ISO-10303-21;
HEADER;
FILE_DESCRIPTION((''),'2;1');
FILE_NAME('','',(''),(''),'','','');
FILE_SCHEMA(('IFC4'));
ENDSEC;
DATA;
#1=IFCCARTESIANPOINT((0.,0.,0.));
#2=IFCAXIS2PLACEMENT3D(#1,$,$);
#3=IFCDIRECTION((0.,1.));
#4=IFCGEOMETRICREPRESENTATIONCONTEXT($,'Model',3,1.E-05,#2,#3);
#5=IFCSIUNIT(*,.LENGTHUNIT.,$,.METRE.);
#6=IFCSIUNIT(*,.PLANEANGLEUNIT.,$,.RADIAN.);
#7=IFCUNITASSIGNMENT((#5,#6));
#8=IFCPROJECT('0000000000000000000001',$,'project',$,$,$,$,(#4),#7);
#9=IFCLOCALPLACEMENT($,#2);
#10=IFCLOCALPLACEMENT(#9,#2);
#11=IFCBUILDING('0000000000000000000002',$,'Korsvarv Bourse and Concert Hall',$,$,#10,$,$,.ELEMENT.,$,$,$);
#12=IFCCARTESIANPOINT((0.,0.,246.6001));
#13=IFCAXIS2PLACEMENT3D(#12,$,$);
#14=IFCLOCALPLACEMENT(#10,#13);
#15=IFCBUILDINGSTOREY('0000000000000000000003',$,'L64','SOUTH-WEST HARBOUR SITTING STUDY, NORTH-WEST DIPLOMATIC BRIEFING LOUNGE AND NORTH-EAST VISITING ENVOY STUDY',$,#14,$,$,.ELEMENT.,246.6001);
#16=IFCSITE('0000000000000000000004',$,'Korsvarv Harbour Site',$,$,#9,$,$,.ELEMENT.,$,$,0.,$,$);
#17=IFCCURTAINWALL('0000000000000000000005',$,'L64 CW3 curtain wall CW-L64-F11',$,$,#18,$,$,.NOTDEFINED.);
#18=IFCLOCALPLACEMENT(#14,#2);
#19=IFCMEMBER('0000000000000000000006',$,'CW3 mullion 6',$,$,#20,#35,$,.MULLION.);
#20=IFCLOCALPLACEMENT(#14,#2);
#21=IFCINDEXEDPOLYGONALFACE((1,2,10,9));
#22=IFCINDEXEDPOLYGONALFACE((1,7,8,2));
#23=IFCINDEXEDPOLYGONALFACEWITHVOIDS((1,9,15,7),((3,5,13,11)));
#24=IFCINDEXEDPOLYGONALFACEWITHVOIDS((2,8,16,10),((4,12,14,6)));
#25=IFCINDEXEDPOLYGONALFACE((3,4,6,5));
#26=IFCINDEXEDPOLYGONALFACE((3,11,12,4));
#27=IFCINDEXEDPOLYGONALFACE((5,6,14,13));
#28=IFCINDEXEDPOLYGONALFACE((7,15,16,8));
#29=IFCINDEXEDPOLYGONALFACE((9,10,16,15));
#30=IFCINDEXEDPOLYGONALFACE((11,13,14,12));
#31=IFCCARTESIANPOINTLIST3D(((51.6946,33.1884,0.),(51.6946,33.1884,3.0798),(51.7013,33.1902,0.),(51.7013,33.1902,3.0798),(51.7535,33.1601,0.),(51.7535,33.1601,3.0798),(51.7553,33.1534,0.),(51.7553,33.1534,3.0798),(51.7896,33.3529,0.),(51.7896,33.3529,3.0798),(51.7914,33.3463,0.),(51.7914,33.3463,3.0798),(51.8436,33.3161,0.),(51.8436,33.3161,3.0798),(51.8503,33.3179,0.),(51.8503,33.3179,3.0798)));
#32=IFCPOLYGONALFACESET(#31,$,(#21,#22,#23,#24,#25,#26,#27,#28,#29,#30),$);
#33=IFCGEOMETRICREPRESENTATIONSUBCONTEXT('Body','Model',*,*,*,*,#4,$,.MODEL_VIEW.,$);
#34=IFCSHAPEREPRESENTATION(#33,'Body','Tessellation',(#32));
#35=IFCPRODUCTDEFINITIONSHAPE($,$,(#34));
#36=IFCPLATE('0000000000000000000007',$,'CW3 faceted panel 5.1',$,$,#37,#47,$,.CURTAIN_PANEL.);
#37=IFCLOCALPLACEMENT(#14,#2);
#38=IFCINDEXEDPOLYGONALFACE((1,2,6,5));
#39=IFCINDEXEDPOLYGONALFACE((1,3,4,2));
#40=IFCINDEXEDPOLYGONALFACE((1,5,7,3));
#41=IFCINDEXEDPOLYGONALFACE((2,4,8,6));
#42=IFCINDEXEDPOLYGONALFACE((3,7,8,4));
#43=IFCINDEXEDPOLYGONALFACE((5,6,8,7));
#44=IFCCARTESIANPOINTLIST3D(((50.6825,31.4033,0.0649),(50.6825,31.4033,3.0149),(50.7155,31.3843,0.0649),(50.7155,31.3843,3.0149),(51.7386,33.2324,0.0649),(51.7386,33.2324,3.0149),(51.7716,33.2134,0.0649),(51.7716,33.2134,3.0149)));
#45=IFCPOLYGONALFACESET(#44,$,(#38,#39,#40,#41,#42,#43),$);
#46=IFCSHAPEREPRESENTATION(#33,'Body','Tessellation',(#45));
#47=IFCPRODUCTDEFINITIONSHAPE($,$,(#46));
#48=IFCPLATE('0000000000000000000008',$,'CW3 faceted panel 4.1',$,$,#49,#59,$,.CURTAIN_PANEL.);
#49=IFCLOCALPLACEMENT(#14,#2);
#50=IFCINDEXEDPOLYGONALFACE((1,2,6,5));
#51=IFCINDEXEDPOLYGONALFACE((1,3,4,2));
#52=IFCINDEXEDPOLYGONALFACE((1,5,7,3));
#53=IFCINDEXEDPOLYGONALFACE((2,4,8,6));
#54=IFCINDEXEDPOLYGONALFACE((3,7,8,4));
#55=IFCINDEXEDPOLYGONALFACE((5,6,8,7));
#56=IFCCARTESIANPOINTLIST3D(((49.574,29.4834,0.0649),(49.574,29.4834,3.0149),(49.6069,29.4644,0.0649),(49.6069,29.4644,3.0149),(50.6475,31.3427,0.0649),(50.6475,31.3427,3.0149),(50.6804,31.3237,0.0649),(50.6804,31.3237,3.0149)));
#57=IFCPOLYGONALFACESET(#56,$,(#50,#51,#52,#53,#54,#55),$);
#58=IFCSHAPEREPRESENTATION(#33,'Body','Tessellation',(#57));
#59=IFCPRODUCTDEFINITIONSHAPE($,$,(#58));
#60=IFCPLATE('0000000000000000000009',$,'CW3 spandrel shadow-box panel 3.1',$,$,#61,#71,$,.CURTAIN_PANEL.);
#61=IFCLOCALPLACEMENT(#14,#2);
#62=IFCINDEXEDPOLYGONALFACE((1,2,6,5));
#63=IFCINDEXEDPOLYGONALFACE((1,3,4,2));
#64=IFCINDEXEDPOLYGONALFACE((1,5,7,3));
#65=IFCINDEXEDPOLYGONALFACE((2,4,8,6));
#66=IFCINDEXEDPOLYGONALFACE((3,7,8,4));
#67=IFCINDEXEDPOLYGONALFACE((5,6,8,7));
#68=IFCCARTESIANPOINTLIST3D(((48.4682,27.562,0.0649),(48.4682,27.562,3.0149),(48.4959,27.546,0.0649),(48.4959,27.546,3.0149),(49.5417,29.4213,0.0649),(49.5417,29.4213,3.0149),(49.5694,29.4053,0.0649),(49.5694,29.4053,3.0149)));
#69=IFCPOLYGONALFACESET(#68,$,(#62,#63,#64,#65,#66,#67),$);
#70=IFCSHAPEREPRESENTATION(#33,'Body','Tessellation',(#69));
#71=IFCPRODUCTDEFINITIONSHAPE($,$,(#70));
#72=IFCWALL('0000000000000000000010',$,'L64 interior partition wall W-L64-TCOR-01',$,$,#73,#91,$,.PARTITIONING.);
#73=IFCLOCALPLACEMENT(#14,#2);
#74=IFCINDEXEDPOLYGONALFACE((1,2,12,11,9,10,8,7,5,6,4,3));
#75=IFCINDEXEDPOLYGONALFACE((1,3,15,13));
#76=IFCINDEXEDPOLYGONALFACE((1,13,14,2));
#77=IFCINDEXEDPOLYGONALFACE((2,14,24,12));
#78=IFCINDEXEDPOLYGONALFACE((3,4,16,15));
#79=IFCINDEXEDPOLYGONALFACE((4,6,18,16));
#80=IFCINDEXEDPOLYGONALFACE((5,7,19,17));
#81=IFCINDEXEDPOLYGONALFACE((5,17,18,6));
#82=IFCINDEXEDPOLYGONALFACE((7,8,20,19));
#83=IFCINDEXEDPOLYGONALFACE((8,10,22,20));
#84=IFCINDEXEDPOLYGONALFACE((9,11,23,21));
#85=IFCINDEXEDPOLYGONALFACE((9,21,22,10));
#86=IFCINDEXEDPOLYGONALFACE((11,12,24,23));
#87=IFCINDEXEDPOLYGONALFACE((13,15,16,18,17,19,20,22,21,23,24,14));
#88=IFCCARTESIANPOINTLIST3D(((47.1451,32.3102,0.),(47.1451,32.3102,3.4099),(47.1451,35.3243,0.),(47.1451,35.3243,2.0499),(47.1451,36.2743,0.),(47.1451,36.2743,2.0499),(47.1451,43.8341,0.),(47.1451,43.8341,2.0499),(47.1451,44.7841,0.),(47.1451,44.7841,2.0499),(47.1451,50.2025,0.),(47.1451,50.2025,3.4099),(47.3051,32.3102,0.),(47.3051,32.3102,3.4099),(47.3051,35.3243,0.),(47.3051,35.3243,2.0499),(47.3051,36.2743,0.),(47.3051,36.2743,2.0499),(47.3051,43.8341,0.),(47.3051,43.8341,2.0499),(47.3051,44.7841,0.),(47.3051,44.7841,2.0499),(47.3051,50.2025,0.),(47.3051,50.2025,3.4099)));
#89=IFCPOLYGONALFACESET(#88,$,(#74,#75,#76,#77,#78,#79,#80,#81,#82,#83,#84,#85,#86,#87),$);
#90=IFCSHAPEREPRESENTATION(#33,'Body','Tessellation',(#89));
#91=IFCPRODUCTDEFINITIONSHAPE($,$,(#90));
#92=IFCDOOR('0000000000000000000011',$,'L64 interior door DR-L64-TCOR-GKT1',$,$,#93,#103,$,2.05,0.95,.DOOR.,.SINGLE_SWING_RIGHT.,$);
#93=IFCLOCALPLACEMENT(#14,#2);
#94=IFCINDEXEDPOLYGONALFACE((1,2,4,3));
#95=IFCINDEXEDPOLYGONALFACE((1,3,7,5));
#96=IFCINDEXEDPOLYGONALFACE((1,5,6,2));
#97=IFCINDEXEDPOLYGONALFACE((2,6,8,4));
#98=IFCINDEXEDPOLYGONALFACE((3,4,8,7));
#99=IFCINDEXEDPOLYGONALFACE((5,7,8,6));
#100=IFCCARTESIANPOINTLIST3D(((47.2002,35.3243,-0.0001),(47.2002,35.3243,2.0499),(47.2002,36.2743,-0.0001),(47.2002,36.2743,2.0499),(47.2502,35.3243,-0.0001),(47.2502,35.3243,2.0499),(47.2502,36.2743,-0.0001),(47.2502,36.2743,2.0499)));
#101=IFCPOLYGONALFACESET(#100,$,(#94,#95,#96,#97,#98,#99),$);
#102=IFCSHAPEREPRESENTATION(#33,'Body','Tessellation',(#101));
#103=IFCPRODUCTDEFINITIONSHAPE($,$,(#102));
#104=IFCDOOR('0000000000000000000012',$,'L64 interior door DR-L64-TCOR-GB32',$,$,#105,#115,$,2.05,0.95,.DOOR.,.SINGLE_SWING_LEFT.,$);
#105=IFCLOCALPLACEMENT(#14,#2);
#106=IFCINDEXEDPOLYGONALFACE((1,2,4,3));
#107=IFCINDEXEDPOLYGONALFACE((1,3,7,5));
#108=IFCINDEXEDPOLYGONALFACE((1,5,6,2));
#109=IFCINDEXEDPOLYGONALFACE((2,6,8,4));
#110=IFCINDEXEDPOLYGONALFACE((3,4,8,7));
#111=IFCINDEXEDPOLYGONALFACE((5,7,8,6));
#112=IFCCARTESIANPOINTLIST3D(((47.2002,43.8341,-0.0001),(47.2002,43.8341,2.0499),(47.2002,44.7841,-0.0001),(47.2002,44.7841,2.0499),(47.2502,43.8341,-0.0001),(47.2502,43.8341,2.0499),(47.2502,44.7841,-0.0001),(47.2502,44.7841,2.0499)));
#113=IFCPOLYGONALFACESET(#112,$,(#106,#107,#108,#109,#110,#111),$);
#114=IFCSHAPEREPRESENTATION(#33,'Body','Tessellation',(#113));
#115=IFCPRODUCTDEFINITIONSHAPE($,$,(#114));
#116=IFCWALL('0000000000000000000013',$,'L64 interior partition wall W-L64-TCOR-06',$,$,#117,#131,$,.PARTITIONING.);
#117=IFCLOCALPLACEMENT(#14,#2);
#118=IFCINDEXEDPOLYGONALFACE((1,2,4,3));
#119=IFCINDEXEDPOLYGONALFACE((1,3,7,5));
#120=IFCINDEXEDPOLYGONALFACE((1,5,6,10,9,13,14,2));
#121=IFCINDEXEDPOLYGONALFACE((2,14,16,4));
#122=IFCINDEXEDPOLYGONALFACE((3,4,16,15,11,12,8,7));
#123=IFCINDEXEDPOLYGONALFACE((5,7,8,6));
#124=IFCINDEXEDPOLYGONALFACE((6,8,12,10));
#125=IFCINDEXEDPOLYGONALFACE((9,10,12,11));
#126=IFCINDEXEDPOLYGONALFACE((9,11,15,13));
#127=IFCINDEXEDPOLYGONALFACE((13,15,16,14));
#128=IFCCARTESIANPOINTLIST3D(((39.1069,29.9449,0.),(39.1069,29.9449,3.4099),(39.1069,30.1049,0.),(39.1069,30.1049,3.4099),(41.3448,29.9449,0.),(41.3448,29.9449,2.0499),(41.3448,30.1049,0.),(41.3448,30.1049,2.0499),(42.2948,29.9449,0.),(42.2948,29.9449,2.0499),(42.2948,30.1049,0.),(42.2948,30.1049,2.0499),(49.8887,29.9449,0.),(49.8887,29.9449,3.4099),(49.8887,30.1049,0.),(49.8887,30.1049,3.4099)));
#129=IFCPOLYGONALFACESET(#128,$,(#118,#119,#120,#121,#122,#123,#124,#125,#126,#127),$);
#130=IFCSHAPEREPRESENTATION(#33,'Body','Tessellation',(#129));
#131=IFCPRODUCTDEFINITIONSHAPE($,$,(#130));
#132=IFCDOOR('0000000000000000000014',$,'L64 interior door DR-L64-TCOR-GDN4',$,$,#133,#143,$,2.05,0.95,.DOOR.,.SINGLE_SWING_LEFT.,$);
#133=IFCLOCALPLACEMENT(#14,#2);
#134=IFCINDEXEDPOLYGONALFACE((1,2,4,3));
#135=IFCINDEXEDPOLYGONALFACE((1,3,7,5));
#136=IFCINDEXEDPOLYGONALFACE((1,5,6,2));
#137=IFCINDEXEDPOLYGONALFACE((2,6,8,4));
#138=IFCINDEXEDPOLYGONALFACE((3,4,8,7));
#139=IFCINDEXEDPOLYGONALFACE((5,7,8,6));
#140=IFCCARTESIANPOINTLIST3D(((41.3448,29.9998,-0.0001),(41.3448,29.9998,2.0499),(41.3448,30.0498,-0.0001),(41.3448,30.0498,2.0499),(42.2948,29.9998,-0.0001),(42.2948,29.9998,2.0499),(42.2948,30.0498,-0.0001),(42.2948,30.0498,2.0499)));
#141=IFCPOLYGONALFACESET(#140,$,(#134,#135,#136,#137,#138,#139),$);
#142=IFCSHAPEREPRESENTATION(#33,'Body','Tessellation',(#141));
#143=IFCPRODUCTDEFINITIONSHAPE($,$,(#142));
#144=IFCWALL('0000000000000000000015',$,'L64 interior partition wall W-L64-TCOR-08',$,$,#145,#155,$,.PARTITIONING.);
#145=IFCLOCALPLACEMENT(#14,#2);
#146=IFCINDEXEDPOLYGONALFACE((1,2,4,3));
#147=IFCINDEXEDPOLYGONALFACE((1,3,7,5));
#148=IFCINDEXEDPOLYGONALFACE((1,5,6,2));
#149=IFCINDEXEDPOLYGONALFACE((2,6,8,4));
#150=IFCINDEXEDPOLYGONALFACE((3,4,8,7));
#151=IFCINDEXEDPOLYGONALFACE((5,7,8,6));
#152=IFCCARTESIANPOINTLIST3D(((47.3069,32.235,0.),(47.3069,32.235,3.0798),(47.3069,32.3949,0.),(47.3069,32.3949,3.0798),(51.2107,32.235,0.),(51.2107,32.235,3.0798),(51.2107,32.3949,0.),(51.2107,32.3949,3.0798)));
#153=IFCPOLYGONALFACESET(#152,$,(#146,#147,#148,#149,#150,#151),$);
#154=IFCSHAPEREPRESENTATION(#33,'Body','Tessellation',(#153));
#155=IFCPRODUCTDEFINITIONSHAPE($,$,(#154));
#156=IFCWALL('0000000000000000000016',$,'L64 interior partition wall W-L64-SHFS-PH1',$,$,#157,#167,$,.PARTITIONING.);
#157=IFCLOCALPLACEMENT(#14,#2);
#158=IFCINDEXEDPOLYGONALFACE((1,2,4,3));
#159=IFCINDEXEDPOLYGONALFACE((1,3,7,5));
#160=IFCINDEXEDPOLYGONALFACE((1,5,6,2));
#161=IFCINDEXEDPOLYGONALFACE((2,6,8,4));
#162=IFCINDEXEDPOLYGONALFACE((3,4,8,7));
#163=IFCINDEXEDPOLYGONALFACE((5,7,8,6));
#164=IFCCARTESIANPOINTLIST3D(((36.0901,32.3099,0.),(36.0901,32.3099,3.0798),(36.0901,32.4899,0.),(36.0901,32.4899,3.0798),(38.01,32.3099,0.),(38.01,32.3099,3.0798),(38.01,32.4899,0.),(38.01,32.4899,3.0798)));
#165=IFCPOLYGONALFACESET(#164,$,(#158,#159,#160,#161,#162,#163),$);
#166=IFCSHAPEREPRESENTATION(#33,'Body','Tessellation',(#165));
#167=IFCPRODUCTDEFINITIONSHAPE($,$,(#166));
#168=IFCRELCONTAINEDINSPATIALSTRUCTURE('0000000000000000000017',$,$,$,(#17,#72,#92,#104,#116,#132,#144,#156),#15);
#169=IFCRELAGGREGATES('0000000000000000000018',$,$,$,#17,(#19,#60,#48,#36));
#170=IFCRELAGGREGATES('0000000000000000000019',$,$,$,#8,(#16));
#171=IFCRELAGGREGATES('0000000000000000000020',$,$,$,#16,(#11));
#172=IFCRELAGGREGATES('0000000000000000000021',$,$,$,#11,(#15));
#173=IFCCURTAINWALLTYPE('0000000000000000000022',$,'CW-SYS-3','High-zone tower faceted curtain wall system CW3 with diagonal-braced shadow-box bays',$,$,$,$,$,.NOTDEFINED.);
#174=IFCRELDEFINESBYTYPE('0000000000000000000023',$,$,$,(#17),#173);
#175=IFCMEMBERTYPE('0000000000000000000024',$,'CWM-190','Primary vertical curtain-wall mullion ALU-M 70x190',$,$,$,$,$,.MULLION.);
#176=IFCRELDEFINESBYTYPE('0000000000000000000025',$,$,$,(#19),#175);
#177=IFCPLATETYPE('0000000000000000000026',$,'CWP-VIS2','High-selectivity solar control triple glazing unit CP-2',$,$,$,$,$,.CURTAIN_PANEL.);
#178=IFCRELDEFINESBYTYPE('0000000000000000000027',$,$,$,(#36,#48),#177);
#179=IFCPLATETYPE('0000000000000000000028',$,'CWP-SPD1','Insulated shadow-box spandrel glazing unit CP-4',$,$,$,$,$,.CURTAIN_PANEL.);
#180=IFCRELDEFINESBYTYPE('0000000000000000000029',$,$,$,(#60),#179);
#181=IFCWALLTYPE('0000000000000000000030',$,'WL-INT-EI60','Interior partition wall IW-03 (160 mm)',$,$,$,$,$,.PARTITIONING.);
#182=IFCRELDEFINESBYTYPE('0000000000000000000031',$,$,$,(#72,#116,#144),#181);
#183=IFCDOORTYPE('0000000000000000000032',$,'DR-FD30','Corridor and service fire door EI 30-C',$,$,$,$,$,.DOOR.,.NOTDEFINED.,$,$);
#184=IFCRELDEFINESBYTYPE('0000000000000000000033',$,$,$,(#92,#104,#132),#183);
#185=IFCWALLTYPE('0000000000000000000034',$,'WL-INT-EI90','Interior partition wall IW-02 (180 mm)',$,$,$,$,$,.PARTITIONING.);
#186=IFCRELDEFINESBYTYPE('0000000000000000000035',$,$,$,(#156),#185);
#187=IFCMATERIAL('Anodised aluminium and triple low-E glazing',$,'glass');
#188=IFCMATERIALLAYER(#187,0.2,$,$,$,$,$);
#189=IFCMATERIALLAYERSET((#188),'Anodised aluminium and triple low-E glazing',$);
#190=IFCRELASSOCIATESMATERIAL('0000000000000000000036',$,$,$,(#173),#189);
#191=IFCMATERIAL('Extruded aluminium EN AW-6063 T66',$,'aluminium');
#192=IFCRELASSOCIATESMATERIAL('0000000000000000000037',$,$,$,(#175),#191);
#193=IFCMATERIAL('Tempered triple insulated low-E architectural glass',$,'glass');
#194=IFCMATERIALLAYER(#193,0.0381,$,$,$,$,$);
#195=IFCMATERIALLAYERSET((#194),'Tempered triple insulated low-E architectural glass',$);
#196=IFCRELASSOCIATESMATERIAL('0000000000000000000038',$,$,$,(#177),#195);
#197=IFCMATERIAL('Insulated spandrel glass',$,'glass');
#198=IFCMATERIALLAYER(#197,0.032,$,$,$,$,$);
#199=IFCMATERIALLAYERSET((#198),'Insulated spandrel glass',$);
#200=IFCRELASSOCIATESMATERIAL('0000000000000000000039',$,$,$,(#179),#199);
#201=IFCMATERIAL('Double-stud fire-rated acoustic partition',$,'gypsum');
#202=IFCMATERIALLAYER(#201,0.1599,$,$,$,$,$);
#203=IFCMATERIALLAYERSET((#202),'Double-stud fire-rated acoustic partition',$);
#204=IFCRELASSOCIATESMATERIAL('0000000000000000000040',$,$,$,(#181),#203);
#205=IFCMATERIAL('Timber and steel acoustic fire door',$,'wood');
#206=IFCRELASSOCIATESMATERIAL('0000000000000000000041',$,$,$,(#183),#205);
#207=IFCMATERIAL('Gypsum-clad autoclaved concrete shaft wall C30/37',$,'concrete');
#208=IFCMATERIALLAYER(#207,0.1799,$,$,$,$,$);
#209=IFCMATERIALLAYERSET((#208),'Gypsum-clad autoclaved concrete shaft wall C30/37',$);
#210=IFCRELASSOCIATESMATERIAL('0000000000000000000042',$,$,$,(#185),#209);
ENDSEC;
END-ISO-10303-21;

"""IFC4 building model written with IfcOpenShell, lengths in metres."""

from ifc_helpers import new_model, si_unit, direction, frame, frame_2d, origin, origin_2d, place, context, subcontext, project, spatial, rectangle, hollow_rectangle, extrude, source, transform, mapped, material, layer, layer_set, material_profile, profile_set, type_object, element, fill, aggregate, save


model = new_model("IFC4")

# Units and contexts
model_context = context("Model", 3, precision=1e-05, world=origin(), true_north=direction((0.0, 1.0)))
body_context = subcontext(model_context, "Body", "Model", "MODEL_VIEW")
ifc_project = project(units=[si_unit("LENGTHUNIT", "METRE"), si_unit("PLANEANGLEUNIT", "RADIAN")], contexts=[model_context])

# Site, building, storey
site_placement = place(None, origin())
site = spatial("IfcSite", under=ifc_project, at=site_placement, Name="Korsvarv Harbour Site", CompositionType="ELEMENT", RefElevation=0.0)
building_placement = place(site_placement, origin())
building = spatial("IfcBuilding", under=site, at=building_placement, Name="Korsvarv Bourse and Concert Hall", CompositionType="ELEMENT")
storey_placement = place(building_placement, frame((0.0, 0.0, 246.6001)))
storey = spatial("IfcBuildingStorey", under=building, at=storey_placement, Name="L64", Description="SOUTH-WEST HARBOUR SITTING STUDY, NORTH-WEST DIPLOMATIC BRIEFING LOUNGE AND NORTH-EAST VISITING ENVOY STUDY", CompositionType="ELEMENT", Elevation=246.6001)

# Curtain wall, member, plates
ifc_material_1 = material(Name="Anodised aluminium and triple low-E glazing", Category="glass")
ifc_layer_1 = layer(ifc_material_1, 0.2)
ifc_layer_set_1 = layer_set([ifc_layer_1], Name="Anodised aluminium and triple low-E glazing")
curtain_wall_type = type_object("IfcCurtainWallType", Name="CW-SYS-3", Description="High-zone tower faceted curtain wall system CW3 with diagonal-braced shadow-box bays", PredefinedType="NOTDEFINED", material=ifc_layer_set_1)
curtain_wall_placement = place(storey_placement, origin())
curtain_wall = element("IfcCurtainWall", 1, at=curtain_wall_placement, inside=storey, type_object=curtain_wall_type, Name="L64 CW3 curtain wall CW-L64-F11", PredefinedType="NOTDEFINED")
ifc_material_2 = material(Name="Extruded aluminium EN AW-6063 T66", Category="aluminium")
ifc_material_profile_1 = material_profile(ifc_material_2, hollow_rectangle(XDim=0.0701, YDim=0.1899, WallThickness=0.0049, at=origin_2d()), Name="ALU-M 70x190")
ifc_profile_set_1 = profile_set([ifc_material_profile_1], Name="Extruded aluminium EN AW-6063 T66")
member_type_1 = type_object("IfcMemberType", Name="CWM-190", Description="Primary vertical curtain-wall mullion ALU-M 70x190", PredefinedType="MULLION", material=ifc_profile_set_1)
shared_shape_1 = source(origin(), body_context, "Body", "SweptSolid", [
    extrude(hollow_rectangle(XDim=0.0701, YDim=0.1899, WallThickness=0.0049, at=origin_2d()), origin(), (0.0, 0.0, 1.0), 3.0798),
])
member_1_placement = place(storey_placement, frame((51.7725, 33.2532, 0.0), z_axis=(0.0, 0.0, 1.0), x_axis=(-0.866022, 0.500006, 0.0)))
member_1 = element("IfcMember", 2, at=member_1_placement, type_object=member_type_1, Name="CW3 mullion 6", PredefinedType="MULLION", context=body_context, shape_type="MappedRepresentation", body=[
    mapped(shared_shape_1, transform((0.0, 0.0, 0.0), scale=1.0)),
])
ifc_material_3 = material(Name="Tempered triple insulated low-E architectural glass", Category="glass")
ifc_layer_2 = layer(ifc_material_3, 0.0381)
ifc_layer_set_2 = layer_set([ifc_layer_2], Name="Tempered triple insulated low-E architectural glass")
plate_type_1 = type_object("IfcPlateType", Name="CWP-VIS2", Description="High-selectivity solar control triple glazing unit CP-2", PredefinedType="CURTAIN_PANEL", material=ifc_layer_set_2)
shared_shape_2 = source(origin(), body_context, "Body", "SweptSolid", [
    extrude(rectangle(XDim=2.1121, YDim=0.0381, at=origin_2d()), origin(), (0.0, 0.0, 1.0), 2.95),
])
plate_1_placement = place(storey_placement, frame((51.2271, 32.3083, 0.0649), z_axis=(0.0, 0.0, 1.0), x_axis=(0.500006, 0.866022, 0.0)))
plate_1 = element("IfcPlate", 3, at=plate_1_placement, type_object=plate_type_1, Name="CW3 faceted panel 5.1", PredefinedType="CURTAIN_PANEL", context=body_context, shape_type="MappedRepresentation", body=[
    mapped(shared_shape_2, transform((0.0, 0.0, 0.0), scale=1.0)),
])
shared_shape_3 = source(origin(), body_context, "Body", "SweptSolid", [
    extrude(rectangle(XDim=2.147, YDim=0.0381, at=origin_2d()), origin(), (0.0, 0.0, 1.0), 2.95),
])
plate_2_placement = place(storey_placement, frame((50.1272, 30.4036, 0.0649), z_axis=(0.0, 0.0, 1.0), x_axis=(0.500006, 0.866022, 0.0)))
plate_2 = element("IfcPlate", 4, at=plate_2_placement, type_object=plate_type_1, Name="CW3 faceted panel 4.1", PredefinedType="CURTAIN_PANEL", context=body_context, shape_type="MappedRepresentation", body=[
    mapped(shared_shape_3, transform((0.0, 0.0, 0.0), scale=1.0)),
])
ifc_material_4 = material(Name="Insulated spandrel glass", Category="glass")
ifc_layer_3 = layer(ifc_material_4, 0.032)
ifc_layer_set_3 = layer_set([ifc_layer_3], Name="Insulated spandrel glass")
plate_type_2 = type_object("IfcPlateType", Name="CWP-SPD1", Description="Insulated shadow-box spandrel glazing unit CP-4", PredefinedType="CURTAIN_PANEL", material=ifc_layer_set_3)
shared_shape_4 = source(origin(), body_context, "Body", "SweptSolid", [
    extrude(rectangle(XDim=2.147, YDim=0.032, at=origin_2d()), origin(), (0.0, 0.0, 1.0), 2.95),
])
plate_3_placement = place(storey_placement, frame((49.0188, 28.4836, 0.0649), z_axis=(0.0, 0.0, 1.0), x_axis=(0.500006, 0.866022, 0.0)))
plate_3 = element("IfcPlate", 5, at=plate_3_placement, type_object=plate_type_2, Name="CW3 spandrel shadow-box panel 3.1", PredefinedType="CURTAIN_PANEL", context=body_context, shape_type="MappedRepresentation", body=[
    mapped(shared_shape_4, transform((0.0, 0.0, 0.0), scale=1.0)),
])
aggregate(curtain_wall, [member_1, plate_3, plate_2, plate_1])

# Wall, openings, doors
ifc_material_5 = material(Name="Double-stud fire-rated acoustic partition", Category="gypsum")
ifc_layer_4 = layer(ifc_material_5, 0.1599)
ifc_layer_set_4 = layer_set([ifc_layer_4], Name="Double-stud fire-rated acoustic partition")
wall_type_1 = type_object("IfcWallType", Name="WL-INT-EI60", Description="Interior partition wall IW-03 (160 mm)", PredefinedType="PARTITIONING", material=ifc_layer_set_4)
wall_1_placement = place(storey_placement, frame((47.2251, 32.3101, 0.0), z_axis=(0.0, 0.0, 1.0), x_axis=(0.0, 1.0, 0.0)))
wall_1 = element("IfcWall", 6, at=wall_1_placement, inside=storey, type_object=wall_type_1, Name="L64 interior partition wall W-L64-TCOR-01", PredefinedType="PARTITIONING", context=body_context, shape_type="SweptSolid", body=[
    extrude(rectangle(XDim=17.8923, YDim=0.1599, at=frame_2d((8.9463, 0.0))), origin(), (0.0, 0.0, 1.0), 3.4099),
])
opening_1_placement = place(wall_1_placement, frame((3.0142, 0.0, 0.0)))
opening_1 = element("IfcOpeningElement", 7, at=opening_1_placement, cuts=wall_1, PredefinedType="OPENING", context=body_context, shape_type="SweptSolid", body=[
    extrude(rectangle(XDim=0.95, YDim=2.05, at=frame_2d((0.4751, 1.0249))), frame((0.0, 0.0898, 0.0), z_axis=(0.0, -1.0, 0.0), x_axis=(1.0, 0.0, 0.0)), (0.0, 0.0, 1.0), 0.1799),
])
opening_2_placement = place(wall_1_placement, frame((11.5239, 0.0, 0.0)))
opening_2 = element("IfcOpeningElement", 8, at=opening_2_placement, cuts=wall_1, PredefinedType="OPENING", context=body_context, shape_type="SweptSolid", body=[
    extrude(rectangle(XDim=0.95, YDim=2.05, at=frame_2d((0.4751, 1.0249))), frame((0.0, 0.0898, 0.0), z_axis=(0.0, -1.0, 0.0), x_axis=(1.0, 0.0, 0.0)), (0.0, 0.0, 1.0), 0.1799),
])
ifc_material_6 = material(Name="Timber and steel acoustic fire door", Category="wood")
door_type = type_object("IfcDoorType", Name="DR-FD30", Description="Corridor and service fire door EI 30-C", OperationType="NOTDEFINED", PredefinedType="DOOR", material=ifc_material_6)
door_1_placement = place(opening_1_placement, origin())
door_1 = element("IfcDoor", 9, at=door_1_placement, inside=storey, type_object=door_type, Name="L64 interior door DR-L64-TCOR-GKT1", OperationType="SINGLE_SWING_RIGHT", OverallHeight=2.05, OverallWidth=0.95, PredefinedType="DOOR", context=body_context, shape_type="SweptSolid", body=[
    extrude(rectangle(XDim=0.95, YDim=2.05, at=frame_2d((0.4751, 1.0249))), frame((0.0, 0.0249, 0.0), z_axis=(0.0, -1.0, 0.0), x_axis=(1.0, 0.0, 0.0)), (0.0, 0.0, 1.0), 0.05),
])
fill(opening_1, door_1)
door_2_placement = place(opening_2_placement, origin())
door_2 = element("IfcDoor", 10, at=door_2_placement, inside=storey, type_object=door_type, Name="L64 interior door DR-L64-TCOR-GB32", OperationType="SINGLE_SWING_LEFT", OverallHeight=2.05, OverallWidth=0.95, PredefinedType="DOOR", context=body_context, shape_type="SweptSolid", body=[
    extrude(rectangle(XDim=0.95, YDim=2.05, at=frame_2d((0.4751, 1.0249))), frame((0.0, 0.0249, 0.0), z_axis=(0.0, -1.0, 0.0), x_axis=(1.0, 0.0, 0.0)), (0.0, 0.0, 1.0), 0.05),
])
fill(opening_2, door_2)

# Wall, opening, door
wall_2_placement = place(storey_placement, frame((39.1069, 30.0249, 0.0), z_axis=(0.0, 0.0, 1.0), x_axis=(1.0, 0.0, 0.0)))
wall_2 = element("IfcWall", 11, at=wall_2_placement, inside=storey, type_object=wall_type_1, Name="L64 interior partition wall W-L64-TCOR-06", PredefinedType="PARTITIONING", context=body_context, shape_type="SweptSolid", body=[
    extrude(rectangle(XDim=10.7817, YDim=0.1599, at=frame_2d((5.3909, 0.0))), origin(), (0.0, 0.0, 1.0), 3.4099),
])
opening_3_placement = place(wall_2_placement, frame((2.2378, 0.0, 0.0)))
opening_3 = element("IfcOpeningElement", 12, at=opening_3_placement, cuts=wall_2, PredefinedType="OPENING", context=body_context, shape_type="SweptSolid", body=[
    extrude(rectangle(XDim=0.95, YDim=2.05, at=frame_2d((0.4751, 1.0249))), frame((0.0, 0.0898, 0.0), z_axis=(0.0, -1.0, 0.0), x_axis=(1.0, 0.0, 0.0)), (0.0, 0.0, 1.0), 0.1799),
])
door_3_placement = place(opening_3_placement, origin())
door_3 = element("IfcDoor", 13, at=door_3_placement, inside=storey, type_object=door_type, Name="L64 interior door DR-L64-TCOR-GDN4", OperationType="SINGLE_SWING_LEFT", OverallHeight=2.05, OverallWidth=0.95, PredefinedType="DOOR", context=body_context, shape_type="SweptSolid", body=[
    extrude(rectangle(XDim=0.95, YDim=2.05, at=frame_2d((0.4751, 1.0249))), frame((0.0, 0.0249, 0.0), z_axis=(0.0, -1.0, 0.0), x_axis=(1.0, 0.0, 0.0)), (0.0, 0.0, 1.0), 0.05),
])
fill(opening_3, door_3)

# Walls
wall_3_placement = place(storey_placement, frame((47.3069, 32.3149, 0.0), z_axis=(0.0, 0.0, 1.0), x_axis=(1.0, 0.0, 0.0)))
element("IfcWall", 14, at=wall_3_placement, inside=storey, type_object=wall_type_1, Name="L64 interior partition wall W-L64-TCOR-08", PredefinedType="PARTITIONING", context=body_context, shape_type="SweptSolid", body=[
    extrude(rectangle(XDim=3.9038, YDim=0.1599, at=frame_2d((1.9519, 0.0))), origin(), (0.0, 0.0, 1.0), 3.0798),
])
ifc_material_7 = material(Name="Gypsum-clad autoclaved concrete shaft wall C30/37", Category="concrete")
ifc_layer_5 = layer(ifc_material_7, 0.1799)
ifc_layer_set_5 = layer_set([ifc_layer_5], Name="Gypsum-clad autoclaved concrete shaft wall C30/37")
wall_type_2 = type_object("IfcWallType", Name="WL-INT-EI90", Description="Interior partition wall IW-02 (180 mm)", PredefinedType="PARTITIONING", material=ifc_layer_set_5)
wall_4_placement = place(storey_placement, frame((36.0901, 32.3999, 0.0), z_axis=(0.0, 0.0, 1.0), x_axis=(1.0, 0.0, 0.0)))
element("IfcWall", 15, at=wall_4_placement, inside=storey, type_object=wall_type_2, Name="L64 interior partition wall W-L64-SHFS-PH1", PredefinedType="PARTITIONING", context=body_context, shape_type="SweptSolid", body=[
    extrude(rectangle(XDim=1.9199, YDim=0.1799, at=frame_2d((0.96, 0.0))), origin(), (0.0, 0.0, 1.0), 3.0798),
])

save(model, "model.ifc")
